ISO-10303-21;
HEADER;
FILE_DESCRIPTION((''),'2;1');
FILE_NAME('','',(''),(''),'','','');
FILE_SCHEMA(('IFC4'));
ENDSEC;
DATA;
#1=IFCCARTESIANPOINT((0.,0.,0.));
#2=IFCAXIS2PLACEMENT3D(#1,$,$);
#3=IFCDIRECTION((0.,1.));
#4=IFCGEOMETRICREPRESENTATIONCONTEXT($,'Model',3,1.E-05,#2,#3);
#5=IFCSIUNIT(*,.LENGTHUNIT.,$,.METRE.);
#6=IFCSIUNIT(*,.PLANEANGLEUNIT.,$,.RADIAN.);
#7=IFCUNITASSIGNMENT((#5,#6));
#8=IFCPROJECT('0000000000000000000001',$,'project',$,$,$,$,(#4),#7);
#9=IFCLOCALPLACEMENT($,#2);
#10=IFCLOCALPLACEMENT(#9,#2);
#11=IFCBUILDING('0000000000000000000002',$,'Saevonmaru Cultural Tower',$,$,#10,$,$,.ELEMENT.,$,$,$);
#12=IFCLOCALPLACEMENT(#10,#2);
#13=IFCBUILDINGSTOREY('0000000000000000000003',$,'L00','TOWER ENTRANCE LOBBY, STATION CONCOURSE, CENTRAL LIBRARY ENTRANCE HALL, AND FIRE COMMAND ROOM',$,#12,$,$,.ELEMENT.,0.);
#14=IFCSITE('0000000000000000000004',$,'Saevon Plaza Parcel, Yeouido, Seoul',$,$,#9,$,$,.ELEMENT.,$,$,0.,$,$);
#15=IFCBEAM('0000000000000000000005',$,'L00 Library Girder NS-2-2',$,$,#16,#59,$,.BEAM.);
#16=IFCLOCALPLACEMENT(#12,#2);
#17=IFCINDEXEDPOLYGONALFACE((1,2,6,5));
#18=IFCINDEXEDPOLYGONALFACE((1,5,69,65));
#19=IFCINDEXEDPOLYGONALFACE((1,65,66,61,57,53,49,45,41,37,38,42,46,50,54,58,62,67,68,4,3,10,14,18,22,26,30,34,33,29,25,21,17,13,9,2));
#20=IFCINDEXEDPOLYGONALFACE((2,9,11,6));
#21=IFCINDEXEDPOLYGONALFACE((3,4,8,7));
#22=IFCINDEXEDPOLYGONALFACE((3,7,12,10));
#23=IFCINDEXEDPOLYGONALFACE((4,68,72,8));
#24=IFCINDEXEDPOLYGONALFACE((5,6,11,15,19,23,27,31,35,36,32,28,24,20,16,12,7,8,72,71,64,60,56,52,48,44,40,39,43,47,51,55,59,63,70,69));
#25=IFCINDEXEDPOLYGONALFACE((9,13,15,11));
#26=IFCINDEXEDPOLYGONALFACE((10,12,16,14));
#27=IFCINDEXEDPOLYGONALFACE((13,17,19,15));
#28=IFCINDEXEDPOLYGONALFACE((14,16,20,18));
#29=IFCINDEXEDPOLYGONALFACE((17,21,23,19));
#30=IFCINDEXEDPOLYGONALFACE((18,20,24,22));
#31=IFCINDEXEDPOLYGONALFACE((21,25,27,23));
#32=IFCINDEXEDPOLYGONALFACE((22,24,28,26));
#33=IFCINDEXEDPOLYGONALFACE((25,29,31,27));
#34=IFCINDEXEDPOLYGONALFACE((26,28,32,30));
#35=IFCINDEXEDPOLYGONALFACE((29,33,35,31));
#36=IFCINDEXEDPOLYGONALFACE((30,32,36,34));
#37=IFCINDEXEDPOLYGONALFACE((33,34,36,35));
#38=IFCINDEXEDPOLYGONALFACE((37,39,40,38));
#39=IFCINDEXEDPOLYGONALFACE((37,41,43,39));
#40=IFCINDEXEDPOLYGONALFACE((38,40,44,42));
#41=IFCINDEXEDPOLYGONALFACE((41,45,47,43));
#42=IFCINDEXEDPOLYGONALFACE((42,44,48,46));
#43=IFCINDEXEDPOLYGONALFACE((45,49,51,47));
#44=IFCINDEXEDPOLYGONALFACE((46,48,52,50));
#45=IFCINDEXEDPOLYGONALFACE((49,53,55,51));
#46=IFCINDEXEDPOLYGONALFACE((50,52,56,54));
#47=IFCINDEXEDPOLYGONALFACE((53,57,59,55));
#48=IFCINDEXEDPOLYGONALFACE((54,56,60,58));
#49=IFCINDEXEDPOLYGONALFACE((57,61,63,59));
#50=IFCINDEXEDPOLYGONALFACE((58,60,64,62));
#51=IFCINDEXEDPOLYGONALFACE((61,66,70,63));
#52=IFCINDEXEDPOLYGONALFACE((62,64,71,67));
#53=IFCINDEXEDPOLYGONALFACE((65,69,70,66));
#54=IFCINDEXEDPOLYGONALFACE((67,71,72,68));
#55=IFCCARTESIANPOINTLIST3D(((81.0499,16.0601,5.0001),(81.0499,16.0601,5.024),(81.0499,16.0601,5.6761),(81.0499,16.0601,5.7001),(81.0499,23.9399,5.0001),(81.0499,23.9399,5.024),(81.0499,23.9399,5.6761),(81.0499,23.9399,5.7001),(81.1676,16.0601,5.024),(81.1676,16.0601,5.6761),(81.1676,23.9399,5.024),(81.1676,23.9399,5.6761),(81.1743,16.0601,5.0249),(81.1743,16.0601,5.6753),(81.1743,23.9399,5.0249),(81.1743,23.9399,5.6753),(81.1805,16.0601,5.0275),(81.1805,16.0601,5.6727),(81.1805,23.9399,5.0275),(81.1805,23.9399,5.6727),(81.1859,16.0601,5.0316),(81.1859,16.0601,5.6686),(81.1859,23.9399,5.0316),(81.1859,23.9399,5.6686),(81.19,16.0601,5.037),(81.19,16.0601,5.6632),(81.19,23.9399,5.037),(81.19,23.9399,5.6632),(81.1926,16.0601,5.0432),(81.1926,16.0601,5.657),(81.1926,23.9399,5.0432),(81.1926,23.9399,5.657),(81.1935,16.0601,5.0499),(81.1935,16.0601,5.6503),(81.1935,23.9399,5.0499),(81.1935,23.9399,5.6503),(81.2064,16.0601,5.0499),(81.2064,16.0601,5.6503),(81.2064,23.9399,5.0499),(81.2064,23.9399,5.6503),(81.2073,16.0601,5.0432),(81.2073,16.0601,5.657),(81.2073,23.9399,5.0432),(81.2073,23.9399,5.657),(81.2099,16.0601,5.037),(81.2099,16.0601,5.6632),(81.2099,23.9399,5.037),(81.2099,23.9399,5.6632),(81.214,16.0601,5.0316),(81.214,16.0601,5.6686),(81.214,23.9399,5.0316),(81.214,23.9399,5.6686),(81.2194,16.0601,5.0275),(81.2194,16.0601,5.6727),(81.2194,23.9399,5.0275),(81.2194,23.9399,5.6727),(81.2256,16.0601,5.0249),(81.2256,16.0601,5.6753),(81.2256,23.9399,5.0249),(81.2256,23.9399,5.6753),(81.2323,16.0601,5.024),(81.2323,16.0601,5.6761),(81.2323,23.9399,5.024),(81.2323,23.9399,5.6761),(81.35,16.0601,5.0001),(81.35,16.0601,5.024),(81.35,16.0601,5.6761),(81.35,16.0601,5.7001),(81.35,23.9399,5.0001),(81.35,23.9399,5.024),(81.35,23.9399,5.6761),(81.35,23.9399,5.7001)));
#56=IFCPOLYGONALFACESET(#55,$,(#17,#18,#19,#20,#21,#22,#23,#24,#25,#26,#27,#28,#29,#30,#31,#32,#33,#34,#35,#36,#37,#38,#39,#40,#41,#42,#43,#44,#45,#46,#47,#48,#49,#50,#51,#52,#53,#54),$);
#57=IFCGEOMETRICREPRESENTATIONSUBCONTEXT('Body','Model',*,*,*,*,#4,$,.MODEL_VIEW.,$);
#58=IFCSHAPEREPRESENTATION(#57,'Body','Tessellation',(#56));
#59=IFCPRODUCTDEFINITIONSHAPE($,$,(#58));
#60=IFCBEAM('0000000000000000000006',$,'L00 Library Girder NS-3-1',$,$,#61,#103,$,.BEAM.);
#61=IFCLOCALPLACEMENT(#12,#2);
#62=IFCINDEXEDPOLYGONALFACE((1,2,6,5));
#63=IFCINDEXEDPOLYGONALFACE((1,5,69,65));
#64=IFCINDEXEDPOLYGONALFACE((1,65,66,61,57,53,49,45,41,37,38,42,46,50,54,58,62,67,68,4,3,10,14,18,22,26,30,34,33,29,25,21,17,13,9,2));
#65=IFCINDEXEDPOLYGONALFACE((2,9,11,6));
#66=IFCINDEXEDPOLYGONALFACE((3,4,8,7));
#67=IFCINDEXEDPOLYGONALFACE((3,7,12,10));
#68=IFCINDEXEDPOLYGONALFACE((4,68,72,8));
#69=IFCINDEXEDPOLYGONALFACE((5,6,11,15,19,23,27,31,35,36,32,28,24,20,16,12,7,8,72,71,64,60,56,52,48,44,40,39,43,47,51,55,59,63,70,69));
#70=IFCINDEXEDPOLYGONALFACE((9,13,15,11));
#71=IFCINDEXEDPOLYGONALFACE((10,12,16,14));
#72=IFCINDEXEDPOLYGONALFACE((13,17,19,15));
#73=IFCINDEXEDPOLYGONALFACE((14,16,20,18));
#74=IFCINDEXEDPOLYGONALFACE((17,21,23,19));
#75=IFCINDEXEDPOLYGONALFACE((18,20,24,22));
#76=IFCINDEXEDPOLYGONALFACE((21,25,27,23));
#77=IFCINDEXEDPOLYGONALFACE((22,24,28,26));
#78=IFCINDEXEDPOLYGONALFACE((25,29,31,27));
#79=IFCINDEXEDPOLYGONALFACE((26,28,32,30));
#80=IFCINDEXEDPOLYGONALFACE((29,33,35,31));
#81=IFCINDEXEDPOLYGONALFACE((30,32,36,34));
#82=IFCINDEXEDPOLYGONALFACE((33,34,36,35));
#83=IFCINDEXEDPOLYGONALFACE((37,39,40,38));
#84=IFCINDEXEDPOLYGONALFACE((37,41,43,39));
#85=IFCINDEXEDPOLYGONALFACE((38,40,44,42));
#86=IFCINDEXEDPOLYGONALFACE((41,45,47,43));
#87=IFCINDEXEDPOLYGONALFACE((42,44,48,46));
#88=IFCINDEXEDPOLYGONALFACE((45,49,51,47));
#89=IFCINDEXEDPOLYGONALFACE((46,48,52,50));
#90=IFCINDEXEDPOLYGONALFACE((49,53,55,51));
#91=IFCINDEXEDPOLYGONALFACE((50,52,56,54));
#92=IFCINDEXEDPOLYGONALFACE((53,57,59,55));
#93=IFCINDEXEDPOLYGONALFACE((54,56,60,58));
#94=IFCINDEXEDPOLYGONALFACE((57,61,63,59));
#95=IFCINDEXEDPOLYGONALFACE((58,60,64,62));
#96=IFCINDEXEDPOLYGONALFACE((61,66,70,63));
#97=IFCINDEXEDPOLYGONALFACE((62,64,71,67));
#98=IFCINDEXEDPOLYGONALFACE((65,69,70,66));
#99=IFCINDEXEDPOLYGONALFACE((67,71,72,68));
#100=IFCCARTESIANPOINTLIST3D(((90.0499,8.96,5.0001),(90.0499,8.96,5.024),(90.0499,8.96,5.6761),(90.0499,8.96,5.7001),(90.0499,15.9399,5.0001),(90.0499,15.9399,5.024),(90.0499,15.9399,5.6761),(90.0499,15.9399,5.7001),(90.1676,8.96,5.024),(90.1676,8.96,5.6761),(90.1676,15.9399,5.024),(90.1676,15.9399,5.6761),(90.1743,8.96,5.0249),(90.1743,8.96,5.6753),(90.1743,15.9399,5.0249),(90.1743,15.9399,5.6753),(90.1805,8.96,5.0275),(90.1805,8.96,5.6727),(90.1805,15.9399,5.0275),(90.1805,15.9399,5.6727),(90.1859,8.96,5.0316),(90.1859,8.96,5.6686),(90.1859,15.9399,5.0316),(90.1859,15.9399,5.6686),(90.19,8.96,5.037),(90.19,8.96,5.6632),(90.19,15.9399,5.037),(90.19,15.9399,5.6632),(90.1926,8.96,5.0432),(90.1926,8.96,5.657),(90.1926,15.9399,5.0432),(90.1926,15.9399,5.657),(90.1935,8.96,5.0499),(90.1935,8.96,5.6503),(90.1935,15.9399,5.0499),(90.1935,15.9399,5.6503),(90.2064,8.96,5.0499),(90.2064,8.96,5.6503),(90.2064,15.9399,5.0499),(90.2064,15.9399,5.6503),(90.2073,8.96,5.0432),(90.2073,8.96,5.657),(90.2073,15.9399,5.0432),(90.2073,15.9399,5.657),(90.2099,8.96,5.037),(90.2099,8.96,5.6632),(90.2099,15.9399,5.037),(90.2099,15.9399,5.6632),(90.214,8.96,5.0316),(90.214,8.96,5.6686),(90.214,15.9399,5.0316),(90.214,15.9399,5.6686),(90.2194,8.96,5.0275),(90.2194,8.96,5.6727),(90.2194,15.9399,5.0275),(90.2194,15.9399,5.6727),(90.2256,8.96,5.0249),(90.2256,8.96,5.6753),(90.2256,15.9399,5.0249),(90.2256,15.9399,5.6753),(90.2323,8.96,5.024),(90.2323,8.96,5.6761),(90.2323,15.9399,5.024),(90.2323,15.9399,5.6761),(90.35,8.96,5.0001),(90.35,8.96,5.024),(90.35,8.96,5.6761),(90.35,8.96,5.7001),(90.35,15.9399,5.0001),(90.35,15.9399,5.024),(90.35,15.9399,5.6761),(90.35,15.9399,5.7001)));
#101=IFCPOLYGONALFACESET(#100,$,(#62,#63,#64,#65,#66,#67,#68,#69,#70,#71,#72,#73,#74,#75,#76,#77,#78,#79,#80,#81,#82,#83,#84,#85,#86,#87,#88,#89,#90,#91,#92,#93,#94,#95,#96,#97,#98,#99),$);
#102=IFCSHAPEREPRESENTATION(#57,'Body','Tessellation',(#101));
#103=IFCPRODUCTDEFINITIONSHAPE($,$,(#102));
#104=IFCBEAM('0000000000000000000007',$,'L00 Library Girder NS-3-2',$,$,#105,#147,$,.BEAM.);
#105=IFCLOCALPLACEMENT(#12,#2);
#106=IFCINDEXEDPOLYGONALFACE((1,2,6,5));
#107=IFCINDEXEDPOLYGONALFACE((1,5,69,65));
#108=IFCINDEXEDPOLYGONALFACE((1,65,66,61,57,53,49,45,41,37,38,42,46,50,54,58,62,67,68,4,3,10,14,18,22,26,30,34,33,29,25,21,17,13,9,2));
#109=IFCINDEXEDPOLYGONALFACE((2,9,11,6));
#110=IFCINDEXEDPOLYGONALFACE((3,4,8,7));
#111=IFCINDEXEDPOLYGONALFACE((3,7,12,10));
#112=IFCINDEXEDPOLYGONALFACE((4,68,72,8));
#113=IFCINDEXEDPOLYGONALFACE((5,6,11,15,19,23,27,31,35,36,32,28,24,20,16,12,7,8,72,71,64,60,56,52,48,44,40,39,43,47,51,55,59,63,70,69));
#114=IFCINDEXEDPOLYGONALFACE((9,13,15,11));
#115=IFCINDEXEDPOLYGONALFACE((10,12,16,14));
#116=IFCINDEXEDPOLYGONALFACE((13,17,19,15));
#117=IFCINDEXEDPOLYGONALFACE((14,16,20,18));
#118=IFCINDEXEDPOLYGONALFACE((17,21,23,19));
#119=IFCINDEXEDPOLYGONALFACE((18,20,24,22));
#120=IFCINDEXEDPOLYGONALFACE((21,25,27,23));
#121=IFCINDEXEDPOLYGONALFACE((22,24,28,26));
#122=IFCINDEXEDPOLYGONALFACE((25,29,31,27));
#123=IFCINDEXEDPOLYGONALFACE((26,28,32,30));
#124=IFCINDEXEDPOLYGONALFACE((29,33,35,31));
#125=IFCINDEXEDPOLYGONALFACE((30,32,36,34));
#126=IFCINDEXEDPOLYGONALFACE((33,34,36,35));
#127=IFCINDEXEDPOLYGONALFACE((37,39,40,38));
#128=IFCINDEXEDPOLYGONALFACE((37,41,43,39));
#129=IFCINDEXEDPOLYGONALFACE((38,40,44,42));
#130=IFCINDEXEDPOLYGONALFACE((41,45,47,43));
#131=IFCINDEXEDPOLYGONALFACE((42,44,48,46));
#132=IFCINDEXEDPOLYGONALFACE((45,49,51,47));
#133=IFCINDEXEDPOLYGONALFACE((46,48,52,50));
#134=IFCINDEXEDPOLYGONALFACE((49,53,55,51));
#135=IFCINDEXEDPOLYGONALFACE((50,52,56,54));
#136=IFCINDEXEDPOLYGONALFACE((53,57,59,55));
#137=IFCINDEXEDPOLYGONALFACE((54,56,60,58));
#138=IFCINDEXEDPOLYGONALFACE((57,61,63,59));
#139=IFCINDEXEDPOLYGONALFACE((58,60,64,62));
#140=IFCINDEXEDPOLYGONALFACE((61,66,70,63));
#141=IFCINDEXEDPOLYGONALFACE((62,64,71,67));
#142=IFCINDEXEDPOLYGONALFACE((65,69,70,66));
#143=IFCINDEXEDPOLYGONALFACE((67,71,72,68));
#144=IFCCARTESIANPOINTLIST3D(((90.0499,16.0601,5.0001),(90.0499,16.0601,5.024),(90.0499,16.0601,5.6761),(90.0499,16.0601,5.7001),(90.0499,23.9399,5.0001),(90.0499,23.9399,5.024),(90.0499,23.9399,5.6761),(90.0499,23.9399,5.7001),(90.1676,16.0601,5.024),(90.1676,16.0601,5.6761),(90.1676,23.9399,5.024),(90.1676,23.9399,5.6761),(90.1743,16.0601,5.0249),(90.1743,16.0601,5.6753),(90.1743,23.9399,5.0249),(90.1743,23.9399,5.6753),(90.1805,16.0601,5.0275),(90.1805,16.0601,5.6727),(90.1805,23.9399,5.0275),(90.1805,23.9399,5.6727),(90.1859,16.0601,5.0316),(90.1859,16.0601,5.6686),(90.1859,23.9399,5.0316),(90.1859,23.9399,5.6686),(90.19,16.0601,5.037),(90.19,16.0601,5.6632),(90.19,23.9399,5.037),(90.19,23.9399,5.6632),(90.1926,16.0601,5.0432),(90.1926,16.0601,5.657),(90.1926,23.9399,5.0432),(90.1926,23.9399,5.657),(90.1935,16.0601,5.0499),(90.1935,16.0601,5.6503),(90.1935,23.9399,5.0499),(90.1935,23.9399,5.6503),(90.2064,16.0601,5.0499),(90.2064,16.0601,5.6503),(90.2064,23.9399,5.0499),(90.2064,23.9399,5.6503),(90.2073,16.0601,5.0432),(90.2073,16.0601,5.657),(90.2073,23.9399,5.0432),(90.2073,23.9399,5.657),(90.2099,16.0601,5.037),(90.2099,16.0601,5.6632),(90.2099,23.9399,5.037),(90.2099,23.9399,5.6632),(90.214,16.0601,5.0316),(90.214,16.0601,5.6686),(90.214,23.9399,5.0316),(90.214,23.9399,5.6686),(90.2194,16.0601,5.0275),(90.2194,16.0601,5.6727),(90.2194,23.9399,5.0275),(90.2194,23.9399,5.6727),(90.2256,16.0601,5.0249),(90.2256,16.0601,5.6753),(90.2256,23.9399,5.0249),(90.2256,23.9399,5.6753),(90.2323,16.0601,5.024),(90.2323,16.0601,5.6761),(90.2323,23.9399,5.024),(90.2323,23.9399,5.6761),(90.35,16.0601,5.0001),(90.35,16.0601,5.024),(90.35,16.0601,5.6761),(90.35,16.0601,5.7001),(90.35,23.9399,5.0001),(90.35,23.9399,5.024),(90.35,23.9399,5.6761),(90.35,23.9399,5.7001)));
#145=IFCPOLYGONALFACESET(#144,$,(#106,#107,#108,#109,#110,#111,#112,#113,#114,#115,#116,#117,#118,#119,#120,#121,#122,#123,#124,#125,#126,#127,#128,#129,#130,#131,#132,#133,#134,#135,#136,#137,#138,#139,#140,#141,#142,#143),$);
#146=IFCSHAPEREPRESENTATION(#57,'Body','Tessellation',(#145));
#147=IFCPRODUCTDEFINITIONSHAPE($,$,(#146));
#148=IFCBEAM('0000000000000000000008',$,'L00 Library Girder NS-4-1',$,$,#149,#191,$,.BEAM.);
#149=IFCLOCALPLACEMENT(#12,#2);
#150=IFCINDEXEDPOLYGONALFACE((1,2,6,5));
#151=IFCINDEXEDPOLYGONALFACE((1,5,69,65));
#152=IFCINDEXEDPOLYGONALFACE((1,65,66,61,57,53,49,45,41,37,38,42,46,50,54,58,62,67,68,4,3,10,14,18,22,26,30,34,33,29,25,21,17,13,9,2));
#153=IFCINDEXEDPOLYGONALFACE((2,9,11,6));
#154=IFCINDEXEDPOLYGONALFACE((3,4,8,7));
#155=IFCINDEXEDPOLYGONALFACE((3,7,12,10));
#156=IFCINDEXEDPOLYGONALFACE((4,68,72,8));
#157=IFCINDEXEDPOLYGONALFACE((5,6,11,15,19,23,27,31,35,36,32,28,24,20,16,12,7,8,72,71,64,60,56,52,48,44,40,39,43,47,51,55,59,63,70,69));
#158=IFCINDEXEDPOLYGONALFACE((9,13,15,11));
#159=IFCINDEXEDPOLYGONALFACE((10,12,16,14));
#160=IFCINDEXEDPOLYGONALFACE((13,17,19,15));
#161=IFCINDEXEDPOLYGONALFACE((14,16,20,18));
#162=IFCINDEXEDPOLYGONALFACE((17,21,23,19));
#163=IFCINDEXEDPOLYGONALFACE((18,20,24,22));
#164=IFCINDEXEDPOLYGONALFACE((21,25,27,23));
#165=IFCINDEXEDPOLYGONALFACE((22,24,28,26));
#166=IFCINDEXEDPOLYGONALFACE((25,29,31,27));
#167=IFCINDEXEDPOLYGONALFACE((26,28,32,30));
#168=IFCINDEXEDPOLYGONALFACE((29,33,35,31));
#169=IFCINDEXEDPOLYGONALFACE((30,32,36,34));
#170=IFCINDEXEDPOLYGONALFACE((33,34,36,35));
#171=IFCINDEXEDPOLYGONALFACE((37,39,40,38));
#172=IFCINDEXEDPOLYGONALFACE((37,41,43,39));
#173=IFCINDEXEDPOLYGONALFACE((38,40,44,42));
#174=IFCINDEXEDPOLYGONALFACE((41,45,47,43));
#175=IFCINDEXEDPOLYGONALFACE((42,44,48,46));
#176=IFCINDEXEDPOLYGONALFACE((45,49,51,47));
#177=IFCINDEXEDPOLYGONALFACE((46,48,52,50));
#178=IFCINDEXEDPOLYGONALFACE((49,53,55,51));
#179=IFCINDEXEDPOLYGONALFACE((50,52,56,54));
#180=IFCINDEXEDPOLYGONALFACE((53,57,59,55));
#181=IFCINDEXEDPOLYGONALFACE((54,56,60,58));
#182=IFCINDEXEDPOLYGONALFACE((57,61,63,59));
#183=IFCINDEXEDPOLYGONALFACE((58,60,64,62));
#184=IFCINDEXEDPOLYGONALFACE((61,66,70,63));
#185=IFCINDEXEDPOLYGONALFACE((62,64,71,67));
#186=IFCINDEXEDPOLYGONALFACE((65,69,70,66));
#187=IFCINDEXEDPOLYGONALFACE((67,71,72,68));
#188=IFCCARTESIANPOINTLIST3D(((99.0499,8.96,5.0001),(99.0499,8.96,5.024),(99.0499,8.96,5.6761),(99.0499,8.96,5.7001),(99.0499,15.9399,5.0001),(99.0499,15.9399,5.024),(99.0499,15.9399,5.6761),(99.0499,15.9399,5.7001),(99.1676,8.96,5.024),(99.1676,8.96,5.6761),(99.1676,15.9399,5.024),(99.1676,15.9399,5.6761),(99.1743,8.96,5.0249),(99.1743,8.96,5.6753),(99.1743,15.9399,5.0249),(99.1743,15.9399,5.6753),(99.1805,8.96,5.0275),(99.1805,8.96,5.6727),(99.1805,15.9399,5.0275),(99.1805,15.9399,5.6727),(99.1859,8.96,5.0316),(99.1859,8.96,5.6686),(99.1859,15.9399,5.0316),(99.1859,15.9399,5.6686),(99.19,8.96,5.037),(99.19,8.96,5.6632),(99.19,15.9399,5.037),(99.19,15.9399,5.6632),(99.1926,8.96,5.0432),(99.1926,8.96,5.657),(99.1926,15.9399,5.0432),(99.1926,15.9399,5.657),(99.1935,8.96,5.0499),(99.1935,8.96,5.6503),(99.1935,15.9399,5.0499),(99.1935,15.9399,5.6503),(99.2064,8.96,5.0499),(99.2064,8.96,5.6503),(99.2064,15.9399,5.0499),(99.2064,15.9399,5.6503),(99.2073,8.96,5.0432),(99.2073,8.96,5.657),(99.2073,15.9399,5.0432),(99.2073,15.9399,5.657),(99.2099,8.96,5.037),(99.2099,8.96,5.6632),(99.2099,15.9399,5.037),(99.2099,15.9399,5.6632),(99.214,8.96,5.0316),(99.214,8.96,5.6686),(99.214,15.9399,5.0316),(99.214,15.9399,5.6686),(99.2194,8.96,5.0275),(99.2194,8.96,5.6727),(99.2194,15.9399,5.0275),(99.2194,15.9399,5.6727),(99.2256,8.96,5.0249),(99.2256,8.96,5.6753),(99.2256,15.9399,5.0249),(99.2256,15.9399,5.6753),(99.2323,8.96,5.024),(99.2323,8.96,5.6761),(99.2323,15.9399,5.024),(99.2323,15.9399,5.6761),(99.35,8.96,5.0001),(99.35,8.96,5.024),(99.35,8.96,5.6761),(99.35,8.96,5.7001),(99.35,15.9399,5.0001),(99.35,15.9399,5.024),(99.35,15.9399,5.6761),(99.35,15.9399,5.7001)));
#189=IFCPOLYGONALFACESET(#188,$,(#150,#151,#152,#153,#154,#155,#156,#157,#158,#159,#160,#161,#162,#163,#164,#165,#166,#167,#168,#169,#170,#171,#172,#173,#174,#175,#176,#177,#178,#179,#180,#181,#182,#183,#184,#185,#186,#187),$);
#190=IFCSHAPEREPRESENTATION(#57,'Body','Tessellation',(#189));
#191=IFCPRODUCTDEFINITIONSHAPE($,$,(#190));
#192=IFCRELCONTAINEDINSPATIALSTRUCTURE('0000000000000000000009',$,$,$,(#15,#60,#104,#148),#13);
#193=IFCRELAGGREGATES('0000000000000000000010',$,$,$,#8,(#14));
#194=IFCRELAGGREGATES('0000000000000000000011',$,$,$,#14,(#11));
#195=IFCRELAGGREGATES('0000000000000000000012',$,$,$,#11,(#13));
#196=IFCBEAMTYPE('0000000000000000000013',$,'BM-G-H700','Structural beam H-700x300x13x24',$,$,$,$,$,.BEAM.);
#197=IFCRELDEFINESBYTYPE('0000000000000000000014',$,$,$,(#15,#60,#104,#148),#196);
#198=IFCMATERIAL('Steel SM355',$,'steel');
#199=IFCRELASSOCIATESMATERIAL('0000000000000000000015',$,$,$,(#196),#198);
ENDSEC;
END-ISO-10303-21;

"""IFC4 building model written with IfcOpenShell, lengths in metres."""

from ifc_helpers import new_model, si_unit, direction, frame, origin, origin_2d, place, context, subcontext, project, spatial, i_section, extrude, material, material_profile, profile_set, type_object, element, save


model = new_model("IFC4")

# Units and contexts
model_context = context("Model", 3, precision=1e-05, world=origin(), true_north=direction((0.0, 1.0)))
body_context = subcontext(model_context, "Body", "Model", "MODEL_VIEW")
ifc_project = project(units=[si_unit("LENGTHUNIT", "METRE"), si_unit("PLANEANGLEUNIT", "RADIAN")], contexts=[model_context])

# Site, building, storey
site_placement = place(None, origin())
site = spatial("IfcSite", under=ifc_project, at=site_placement, Name="Saevon Plaza Parcel, Yeouido, Seoul", CompositionType="ELEMENT", RefElevation=0.0)
building_placement = place(site_placement, origin())
building = spatial("IfcBuilding", under=site, at=building_placement, Name="Saevonmaru Cultural Tower", CompositionType="ELEMENT")
storey_placement = place(building_placement, origin())
storey = spatial("IfcBuildingStorey", under=building, at=storey_placement, Name="L00", Description="TOWER ENTRANCE LOBBY, STATION CONCOURSE, CENTRAL LIBRARY ENTRANCE HALL, AND FIRE COMMAND ROOM", CompositionType="ELEMENT", Elevation=0.0)

# Shared definitions
ifc_material_1 = material(Name="Steel SM355", Category="steel")

# Beams
ifc_material_profile_1 = material_profile(ifc_material_1, i_section(OverallWidth=0.3, OverallDepth=0.7, WebThickness=0.0129, FlangeThickness=0.0239, FilletRadius=0.0259, at=origin_2d()), Name="H-700x300x13x24")
ifc_profile_set_1 = profile_set([ifc_material_profile_1], Name="Steel SM355")
beam_type = type_object("IfcBeamType", Name="BM-G-H700", Description="Structural beam H-700x300x13x24", PredefinedType="BEAM", material=ifc_profile_set_1)
beam_1_placement = place(storey_placement, frame((81.2, 16.0601, 5.3501), z_axis=(0.0, 1.0, 0.0), x_axis=(-1.0, 0.0, 0.0)))
element("IfcBeam", 1, at=beam_1_placement, inside=storey, type_object=beam_type, Name="L00 Library Girder NS-2-2", PredefinedType="BEAM", context=body_context, shape_type="SweptSolid", body=[
    extrude(i_section(OverallWidth=0.3, OverallDepth=0.7, WebThickness=0.0129, FlangeThickness=0.0239, FilletRadius=0.0259, at=origin_2d()), origin(), (0.0, 0.0, 1.0), 7.8799),
])
beam_2_placement = place(storey_placement, frame((90.2, 8.96, 5.3501), z_axis=(0.0, 1.0, 0.0), x_axis=(-1.0, 0.0, 0.0)))
element("IfcBeam", 2, at=beam_2_placement, inside=storey, type_object=beam_type, Name="L00 Library Girder NS-3-1", PredefinedType="BEAM", context=body_context, shape_type="SweptSolid", body=[
    extrude(i_section(OverallWidth=0.3, OverallDepth=0.7, WebThickness=0.0129, FlangeThickness=0.0239, FilletRadius=0.0259, at=origin_2d()), origin(), (0.0, 0.0, 1.0), 6.98),
])
beam_3_placement = place(storey_placement, frame((90.2, 16.0601, 5.3501), z_axis=(0.0, 1.0, 0.0), x_axis=(-1.0, 0.0, 0.0)))
element("IfcBeam", 3, at=beam_3_placement, inside=storey, type_object=beam_type, Name="L00 Library Girder NS-3-2", PredefinedType="BEAM", context=body_context, shape_type="SweptSolid", body=[
    extrude(i_section(OverallWidth=0.3, OverallDepth=0.7, WebThickness=0.0129, FlangeThickness=0.0239, FilletRadius=0.0259, at=origin_2d()), origin(), (0.0, 0.0, 1.0), 7.8799),
])
beam_4_placement = place(storey_placement, frame((99.2, 8.96, 5.3501), z_axis=(0.0, 1.0, 0.0), x_axis=(-1.0, 0.0, 0.0)))
element("IfcBeam", 4, at=beam_4_placement, inside=storey, type_object=beam_type, Name="L00 Library Girder NS-4-1", PredefinedType="BEAM", context=body_context, shape_type="SweptSolid", body=[
    extrude(i_section(OverallWidth=0.3, OverallDepth=0.7, WebThickness=0.0129, FlangeThickness=0.0239, FilletRadius=0.0259, at=origin_2d()), origin(), (0.0, 0.0, 1.0), 6.98),
])

save(model, "model.ifc")
